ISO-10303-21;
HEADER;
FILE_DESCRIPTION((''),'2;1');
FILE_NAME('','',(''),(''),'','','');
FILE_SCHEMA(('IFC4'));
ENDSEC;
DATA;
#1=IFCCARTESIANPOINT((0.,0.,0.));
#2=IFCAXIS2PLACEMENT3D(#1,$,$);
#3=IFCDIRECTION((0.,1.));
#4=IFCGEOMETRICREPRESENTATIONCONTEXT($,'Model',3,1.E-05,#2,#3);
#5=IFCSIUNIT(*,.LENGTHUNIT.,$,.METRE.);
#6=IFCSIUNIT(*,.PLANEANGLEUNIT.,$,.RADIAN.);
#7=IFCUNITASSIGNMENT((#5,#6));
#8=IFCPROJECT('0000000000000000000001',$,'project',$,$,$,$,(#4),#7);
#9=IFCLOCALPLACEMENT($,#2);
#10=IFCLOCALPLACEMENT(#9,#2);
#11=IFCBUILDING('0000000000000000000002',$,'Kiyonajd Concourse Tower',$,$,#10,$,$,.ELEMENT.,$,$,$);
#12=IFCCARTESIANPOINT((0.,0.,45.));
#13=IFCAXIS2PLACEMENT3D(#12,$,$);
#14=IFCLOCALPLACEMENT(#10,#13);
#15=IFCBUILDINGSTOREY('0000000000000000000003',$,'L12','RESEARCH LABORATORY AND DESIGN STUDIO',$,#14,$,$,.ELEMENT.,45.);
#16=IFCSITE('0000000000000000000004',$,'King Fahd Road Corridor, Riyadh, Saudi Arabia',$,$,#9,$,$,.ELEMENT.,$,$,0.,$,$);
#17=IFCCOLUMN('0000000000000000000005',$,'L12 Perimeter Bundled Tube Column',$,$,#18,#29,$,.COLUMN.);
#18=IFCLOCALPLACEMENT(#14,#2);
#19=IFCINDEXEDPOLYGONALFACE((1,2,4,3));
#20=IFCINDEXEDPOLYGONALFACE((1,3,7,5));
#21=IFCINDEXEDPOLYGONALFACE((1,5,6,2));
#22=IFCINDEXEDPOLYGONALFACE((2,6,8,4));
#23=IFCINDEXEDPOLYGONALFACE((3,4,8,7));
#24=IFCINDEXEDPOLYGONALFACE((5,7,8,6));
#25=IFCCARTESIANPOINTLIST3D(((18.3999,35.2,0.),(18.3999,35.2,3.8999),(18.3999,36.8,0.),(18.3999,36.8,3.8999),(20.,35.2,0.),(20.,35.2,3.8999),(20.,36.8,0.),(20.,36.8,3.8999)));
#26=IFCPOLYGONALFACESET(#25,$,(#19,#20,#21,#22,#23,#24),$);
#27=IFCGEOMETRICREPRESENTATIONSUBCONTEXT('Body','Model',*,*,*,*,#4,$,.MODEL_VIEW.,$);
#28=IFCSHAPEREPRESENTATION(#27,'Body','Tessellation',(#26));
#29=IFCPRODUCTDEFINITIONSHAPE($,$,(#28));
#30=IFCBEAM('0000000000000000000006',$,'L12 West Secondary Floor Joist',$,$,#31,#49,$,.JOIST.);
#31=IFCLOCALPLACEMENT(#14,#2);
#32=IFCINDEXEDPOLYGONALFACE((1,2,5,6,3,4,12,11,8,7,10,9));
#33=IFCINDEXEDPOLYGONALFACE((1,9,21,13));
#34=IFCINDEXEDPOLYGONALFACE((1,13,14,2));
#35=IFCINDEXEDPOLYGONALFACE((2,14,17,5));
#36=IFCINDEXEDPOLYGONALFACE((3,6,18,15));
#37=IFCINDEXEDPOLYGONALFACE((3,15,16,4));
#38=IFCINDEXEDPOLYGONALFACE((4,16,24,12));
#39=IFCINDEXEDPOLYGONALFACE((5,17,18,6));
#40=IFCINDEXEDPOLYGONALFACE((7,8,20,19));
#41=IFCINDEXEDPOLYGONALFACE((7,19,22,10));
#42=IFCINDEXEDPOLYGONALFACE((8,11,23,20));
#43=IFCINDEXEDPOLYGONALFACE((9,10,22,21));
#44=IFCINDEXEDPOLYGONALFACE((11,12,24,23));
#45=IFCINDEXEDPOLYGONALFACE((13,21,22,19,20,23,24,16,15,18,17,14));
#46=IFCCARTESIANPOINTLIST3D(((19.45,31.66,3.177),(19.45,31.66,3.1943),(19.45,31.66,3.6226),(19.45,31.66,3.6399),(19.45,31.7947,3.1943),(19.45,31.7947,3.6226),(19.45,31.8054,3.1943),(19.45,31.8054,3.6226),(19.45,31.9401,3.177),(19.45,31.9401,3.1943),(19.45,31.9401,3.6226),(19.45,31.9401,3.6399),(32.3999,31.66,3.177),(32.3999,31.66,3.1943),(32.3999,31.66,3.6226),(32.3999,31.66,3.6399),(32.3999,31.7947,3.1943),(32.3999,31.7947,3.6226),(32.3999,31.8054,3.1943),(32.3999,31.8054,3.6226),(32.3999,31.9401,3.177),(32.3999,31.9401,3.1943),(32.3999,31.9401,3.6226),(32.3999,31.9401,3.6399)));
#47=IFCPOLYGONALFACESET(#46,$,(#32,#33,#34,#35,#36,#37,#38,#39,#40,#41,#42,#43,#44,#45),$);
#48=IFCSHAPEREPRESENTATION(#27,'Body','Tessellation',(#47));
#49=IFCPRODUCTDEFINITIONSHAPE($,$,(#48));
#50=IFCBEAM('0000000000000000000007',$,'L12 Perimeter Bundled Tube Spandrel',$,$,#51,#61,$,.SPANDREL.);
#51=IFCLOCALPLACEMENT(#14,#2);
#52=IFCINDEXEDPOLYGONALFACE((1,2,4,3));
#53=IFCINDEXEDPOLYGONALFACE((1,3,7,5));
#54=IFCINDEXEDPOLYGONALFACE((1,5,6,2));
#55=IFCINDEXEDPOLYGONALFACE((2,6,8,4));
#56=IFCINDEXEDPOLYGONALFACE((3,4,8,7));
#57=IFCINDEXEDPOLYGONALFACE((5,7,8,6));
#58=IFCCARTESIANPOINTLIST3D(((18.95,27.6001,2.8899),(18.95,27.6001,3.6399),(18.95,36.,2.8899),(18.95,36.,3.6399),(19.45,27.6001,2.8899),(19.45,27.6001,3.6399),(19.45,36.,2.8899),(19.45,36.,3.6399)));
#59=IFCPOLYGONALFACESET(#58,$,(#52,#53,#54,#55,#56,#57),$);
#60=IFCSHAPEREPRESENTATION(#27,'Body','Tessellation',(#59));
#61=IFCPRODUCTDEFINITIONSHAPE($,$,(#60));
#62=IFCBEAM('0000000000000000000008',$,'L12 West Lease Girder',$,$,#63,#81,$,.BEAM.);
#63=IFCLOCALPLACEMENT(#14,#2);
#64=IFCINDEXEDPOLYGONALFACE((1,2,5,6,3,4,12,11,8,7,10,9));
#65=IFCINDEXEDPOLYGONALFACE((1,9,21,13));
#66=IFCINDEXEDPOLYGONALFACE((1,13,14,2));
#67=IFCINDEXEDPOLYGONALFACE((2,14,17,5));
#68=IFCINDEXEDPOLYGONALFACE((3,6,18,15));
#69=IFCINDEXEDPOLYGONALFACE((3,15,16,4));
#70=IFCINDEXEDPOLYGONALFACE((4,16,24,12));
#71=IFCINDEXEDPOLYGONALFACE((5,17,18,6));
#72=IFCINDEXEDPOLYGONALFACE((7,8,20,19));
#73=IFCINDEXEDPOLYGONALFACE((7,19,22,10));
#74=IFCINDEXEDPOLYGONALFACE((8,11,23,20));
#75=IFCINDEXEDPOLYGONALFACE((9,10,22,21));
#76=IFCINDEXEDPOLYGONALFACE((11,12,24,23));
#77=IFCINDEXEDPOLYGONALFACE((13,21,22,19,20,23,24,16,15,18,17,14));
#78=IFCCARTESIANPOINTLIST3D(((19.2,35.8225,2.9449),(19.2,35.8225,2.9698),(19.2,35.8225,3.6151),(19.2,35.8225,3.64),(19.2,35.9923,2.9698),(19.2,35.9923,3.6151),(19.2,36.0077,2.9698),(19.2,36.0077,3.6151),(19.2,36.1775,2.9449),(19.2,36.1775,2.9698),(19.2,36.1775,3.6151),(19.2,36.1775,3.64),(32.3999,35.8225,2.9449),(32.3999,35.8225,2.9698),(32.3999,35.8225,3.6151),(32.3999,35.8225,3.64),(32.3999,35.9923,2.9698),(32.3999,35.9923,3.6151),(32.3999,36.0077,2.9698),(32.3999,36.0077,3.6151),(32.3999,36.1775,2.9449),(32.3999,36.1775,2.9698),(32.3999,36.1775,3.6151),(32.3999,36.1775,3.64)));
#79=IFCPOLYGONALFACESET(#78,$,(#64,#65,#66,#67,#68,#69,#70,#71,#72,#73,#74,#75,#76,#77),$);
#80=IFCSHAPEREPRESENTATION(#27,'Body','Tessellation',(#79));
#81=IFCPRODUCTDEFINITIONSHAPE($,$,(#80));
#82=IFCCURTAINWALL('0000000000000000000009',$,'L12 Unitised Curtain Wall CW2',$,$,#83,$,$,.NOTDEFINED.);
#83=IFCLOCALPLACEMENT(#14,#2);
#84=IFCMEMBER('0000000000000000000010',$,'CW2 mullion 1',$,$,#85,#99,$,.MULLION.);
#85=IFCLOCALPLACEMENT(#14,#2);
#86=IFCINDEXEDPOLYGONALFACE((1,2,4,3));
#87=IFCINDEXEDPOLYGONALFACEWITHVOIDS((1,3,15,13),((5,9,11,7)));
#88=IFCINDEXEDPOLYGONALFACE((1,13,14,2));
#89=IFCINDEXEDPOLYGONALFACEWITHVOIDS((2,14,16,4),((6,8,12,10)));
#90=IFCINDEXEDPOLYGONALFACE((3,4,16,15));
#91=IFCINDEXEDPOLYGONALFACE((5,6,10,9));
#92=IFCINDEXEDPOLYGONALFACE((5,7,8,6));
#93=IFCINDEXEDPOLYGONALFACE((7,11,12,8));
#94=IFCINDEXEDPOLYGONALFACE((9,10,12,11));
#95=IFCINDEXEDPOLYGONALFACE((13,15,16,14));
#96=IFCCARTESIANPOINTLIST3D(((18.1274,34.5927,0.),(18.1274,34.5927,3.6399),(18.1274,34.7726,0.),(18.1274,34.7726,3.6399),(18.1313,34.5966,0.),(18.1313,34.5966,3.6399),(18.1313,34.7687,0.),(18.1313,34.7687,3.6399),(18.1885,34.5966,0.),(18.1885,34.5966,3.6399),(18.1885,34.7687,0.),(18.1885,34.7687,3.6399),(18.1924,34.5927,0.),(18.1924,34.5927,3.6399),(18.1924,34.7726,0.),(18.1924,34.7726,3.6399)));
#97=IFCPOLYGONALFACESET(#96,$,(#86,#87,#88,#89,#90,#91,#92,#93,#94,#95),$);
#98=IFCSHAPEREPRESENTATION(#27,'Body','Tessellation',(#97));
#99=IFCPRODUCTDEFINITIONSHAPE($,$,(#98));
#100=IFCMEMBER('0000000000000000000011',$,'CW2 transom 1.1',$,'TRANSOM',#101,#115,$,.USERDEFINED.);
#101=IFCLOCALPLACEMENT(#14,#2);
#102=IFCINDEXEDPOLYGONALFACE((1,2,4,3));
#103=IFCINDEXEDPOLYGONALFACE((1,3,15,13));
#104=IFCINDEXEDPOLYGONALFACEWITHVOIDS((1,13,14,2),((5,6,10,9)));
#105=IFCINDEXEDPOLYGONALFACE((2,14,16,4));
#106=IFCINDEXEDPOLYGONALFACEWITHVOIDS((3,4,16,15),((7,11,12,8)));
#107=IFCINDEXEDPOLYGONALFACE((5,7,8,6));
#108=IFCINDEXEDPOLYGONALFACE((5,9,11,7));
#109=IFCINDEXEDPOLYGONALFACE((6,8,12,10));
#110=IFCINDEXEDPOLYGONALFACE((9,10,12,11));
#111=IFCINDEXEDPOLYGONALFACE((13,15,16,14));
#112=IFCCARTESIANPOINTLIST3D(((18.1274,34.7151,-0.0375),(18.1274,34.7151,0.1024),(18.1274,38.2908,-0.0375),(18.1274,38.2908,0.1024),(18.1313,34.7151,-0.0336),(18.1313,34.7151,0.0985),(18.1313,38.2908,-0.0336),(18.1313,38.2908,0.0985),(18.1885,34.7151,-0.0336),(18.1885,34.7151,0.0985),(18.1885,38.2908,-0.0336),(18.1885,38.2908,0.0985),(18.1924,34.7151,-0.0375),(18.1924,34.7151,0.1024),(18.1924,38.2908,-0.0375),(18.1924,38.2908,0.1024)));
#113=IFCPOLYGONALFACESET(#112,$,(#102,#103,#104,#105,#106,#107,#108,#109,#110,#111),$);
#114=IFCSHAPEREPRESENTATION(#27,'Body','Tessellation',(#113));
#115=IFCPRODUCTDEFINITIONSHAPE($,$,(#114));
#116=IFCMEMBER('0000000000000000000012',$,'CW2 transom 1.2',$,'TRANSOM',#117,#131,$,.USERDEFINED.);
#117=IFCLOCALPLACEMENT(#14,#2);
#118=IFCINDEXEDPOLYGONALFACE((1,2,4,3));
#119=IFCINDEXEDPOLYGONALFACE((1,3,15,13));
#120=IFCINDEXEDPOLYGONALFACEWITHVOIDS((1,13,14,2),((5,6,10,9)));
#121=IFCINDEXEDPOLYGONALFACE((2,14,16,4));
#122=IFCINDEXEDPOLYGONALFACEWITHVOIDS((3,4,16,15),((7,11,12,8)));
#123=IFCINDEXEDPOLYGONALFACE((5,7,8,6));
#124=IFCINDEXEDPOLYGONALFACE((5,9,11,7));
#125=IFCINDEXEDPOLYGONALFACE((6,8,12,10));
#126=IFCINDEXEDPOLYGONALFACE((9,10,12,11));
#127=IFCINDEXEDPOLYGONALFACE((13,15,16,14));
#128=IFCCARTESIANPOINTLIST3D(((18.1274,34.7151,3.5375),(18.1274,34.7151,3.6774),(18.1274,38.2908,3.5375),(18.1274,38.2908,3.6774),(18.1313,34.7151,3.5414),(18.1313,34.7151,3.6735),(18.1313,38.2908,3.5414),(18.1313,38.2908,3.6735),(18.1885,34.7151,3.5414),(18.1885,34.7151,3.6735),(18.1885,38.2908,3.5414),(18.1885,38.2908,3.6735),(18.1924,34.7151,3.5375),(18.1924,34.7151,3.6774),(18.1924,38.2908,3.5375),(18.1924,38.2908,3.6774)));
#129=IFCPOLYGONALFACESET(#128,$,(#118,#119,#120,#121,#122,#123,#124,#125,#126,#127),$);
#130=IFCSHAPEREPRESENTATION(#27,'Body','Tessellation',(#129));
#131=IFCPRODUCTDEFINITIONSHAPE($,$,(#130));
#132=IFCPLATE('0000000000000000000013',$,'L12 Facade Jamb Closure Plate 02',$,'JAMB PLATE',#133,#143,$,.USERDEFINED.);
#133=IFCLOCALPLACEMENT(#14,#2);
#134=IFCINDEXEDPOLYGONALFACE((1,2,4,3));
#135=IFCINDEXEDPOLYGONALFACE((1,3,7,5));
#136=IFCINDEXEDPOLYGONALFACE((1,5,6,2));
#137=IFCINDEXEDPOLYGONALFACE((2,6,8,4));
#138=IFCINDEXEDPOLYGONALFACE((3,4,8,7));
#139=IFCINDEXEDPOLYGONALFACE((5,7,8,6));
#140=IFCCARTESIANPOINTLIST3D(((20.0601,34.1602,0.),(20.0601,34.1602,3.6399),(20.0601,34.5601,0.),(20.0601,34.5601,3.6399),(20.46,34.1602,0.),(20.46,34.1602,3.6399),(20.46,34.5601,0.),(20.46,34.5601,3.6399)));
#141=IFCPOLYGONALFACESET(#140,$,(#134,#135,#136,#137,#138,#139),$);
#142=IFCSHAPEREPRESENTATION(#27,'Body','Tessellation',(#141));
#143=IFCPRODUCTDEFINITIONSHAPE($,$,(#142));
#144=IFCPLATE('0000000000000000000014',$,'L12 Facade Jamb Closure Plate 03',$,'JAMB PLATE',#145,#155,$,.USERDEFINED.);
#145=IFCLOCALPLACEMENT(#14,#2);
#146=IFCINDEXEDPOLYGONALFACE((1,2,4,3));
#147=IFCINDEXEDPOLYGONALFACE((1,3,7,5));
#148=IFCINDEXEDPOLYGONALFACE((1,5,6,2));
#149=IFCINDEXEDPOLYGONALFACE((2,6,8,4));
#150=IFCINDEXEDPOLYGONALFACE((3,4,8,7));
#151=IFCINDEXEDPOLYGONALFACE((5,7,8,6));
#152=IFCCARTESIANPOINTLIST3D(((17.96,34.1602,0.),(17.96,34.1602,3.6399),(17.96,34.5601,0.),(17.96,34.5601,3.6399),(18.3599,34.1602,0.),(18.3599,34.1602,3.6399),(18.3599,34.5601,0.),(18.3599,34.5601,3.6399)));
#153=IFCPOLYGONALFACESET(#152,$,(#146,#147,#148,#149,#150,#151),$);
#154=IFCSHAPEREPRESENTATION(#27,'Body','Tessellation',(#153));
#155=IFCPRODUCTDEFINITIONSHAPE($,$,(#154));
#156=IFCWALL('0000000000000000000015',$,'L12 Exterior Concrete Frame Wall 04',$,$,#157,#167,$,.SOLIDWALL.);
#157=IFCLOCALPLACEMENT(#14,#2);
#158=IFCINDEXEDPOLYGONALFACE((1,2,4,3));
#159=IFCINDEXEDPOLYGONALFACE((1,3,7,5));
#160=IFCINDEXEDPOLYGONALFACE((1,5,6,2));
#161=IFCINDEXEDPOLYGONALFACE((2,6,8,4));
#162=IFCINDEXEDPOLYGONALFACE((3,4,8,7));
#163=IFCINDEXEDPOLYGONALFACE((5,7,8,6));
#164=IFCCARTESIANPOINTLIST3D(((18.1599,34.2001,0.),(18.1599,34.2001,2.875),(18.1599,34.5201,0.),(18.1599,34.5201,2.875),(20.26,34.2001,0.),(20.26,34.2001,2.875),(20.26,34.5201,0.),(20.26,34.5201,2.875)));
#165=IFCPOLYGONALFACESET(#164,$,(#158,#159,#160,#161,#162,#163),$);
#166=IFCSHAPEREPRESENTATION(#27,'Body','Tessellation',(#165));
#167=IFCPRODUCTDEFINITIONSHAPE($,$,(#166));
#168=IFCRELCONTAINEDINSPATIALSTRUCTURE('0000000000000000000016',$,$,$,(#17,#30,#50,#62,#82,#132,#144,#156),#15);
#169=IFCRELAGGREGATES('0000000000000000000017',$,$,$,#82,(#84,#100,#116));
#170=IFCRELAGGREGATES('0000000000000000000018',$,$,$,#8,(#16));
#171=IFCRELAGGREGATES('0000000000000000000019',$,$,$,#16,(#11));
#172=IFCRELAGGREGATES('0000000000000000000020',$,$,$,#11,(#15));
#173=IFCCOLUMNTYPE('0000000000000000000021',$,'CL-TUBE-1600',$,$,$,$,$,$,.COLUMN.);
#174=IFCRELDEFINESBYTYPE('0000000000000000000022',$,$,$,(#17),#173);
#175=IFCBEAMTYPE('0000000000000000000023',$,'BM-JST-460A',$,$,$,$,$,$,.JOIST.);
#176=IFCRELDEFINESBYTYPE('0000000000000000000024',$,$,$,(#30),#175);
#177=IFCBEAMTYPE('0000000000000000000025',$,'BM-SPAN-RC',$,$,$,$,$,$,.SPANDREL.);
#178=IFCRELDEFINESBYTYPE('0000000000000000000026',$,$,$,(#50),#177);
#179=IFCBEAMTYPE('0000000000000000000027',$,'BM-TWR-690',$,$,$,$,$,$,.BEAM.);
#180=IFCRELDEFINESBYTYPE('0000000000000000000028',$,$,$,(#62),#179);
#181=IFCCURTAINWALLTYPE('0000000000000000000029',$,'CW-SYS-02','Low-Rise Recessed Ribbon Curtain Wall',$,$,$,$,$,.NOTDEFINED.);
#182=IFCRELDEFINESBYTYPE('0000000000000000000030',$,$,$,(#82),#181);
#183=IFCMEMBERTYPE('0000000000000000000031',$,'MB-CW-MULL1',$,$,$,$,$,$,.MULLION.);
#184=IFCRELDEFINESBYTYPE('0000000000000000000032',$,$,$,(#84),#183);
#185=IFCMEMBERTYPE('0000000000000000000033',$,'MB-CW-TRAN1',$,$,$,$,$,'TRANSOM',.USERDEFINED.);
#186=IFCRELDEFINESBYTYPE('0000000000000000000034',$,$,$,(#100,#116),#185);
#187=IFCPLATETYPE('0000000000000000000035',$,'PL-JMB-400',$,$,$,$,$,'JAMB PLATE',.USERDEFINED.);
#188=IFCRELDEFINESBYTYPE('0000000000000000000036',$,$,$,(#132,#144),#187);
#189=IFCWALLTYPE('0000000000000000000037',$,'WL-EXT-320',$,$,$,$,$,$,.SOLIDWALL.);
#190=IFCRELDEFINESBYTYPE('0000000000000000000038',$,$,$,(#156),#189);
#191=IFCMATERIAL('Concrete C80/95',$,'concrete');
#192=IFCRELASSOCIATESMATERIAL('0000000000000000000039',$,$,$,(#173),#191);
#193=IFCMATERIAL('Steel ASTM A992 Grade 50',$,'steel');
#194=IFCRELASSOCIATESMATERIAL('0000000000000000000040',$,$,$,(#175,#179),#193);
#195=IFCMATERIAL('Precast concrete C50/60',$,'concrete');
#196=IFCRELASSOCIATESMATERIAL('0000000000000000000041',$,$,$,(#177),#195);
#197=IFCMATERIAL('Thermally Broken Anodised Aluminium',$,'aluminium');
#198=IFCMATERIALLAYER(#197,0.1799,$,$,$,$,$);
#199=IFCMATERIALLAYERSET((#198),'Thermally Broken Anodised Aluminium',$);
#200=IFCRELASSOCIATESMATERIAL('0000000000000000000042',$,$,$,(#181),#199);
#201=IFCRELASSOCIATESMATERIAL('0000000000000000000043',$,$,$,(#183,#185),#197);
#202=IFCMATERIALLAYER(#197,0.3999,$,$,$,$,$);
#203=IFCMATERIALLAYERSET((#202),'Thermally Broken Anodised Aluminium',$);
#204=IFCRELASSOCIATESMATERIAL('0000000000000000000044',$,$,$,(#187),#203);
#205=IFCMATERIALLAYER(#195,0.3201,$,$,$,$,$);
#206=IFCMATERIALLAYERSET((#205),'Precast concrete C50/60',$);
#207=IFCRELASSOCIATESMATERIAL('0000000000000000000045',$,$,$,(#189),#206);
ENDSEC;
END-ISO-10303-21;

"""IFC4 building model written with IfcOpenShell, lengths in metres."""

from ifc_helpers import new_model, si_unit, direction, frame, frame_2d, origin, origin_2d, place, context, subcontext, project, spatial, rectangle, hollow_rectangle, i_section, extrude, material, layer, layer_set, material_profile, profile_set, type_object, element, aggregate, save


model = new_model("IFC4")

# Units and contexts
model_context = context("Model", 3, precision=1e-05, world=origin(), true_north=direction((0.0, 1.0)))
body_context = subcontext(model_context, "Body", "Model", "MODEL_VIEW")
ifc_project = project(units=[si_unit("LENGTHUNIT", "METRE"), si_unit("PLANEANGLEUNIT", "RADIAN")], contexts=[model_context])

# Site, building, storey
site_placement = place(None, origin())
site = spatial("IfcSite", under=ifc_project, at=site_placement, Name="King Fahd Road Corridor, Riyadh, Saudi Arabia", CompositionType="ELEMENT", RefElevation=0.0)
building_placement = place(site_placement, origin())
building = spatial("IfcBuilding", under=site, at=building_placement, Name="Kiyonajd Concourse Tower", CompositionType="ELEMENT")
storey_placement = place(building_placement, frame((0.0, 0.0, 45.0)))
storey = spatial("IfcBuildingStorey", under=building, at=storey_placement, Name="L12", Description="RESEARCH LABORATORY AND DESIGN STUDIO", CompositionType="ELEMENT", Elevation=45.0)

# Column
ifc_material_1 = material(Name="Concrete C80/95", Category="concrete")
ifc_material_profile_1 = material_profile(ifc_material_1, rectangle(XDim=1.6001, YDim=1.6001, at=origin_2d()), Name="RC-1600x1600")
ifc_profile_set_1 = profile_set([ifc_material_profile_1], Name="Concrete C80/95")
column_type = type_object("IfcColumnType", Name="CL-TUBE-1600", PredefinedType="COLUMN", material=ifc_profile_set_1)
column_placement = place(storey_placement, frame((19.2, 36.0, 0.0), z_axis=(0.0, 0.0, 1.0), x_axis=(1.0, 0.0, 0.0)))
element("IfcColumn", 1, at=column_placement, inside=storey, type_object=column_type, Name="L12 Perimeter Bundled Tube Column", PredefinedType="COLUMN", context=body_context, shape_type="SweptSolid", body=[
    extrude(rectangle(XDim=1.6001, YDim=1.6001, at=origin_2d()), origin(), (0.0, 0.0, 1.0), 3.8999),
])

# Beams
ifc_material_2 = material(Name="Steel ASTM A992 Grade 50", Category="steel")
ifc_material_profile_2 = material_profile(ifc_material_2, i_section(OverallWidth=0.28, OverallDepth=0.4629, WebThickness=0.0107, FlangeThickness=0.0173, at=origin_2d()), Name="W460X113")
ifc_profile_set_2 = profile_set([ifc_material_profile_2], Name="Steel ASTM A992 Grade 50")
beam_type_1 = type_object("IfcBeamType", Name="BM-JST-460A", PredefinedType="JOIST", material=ifc_profile_set_2)
beam_1_placement = place(storey_placement, frame((19.45, 31.8, 3.4084), z_axis=(1.0, 0.0, 0.0), x_axis=(0.0, 1.0, 0.0)))
element("IfcBeam", 2, at=beam_1_placement, inside=storey, type_object=beam_type_1, Name="L12 West Secondary Floor Joist", PredefinedType="JOIST", context=body_context, shape_type="SweptSolid", body=[
    extrude(i_section(OverallWidth=0.28, OverallDepth=0.4629, WebThickness=0.0107, FlangeThickness=0.0173, at=origin_2d()), origin(), (0.0, 0.0, 1.0), 12.95),
])
ifc_material_3 = material(Name="Precast concrete C50/60", Category="concrete")
ifc_material_profile_3 = material_profile(ifc_material_3, rectangle(XDim=0.5, YDim=0.75, at=origin_2d()), Name="RCBM-500x750")
ifc_profile_set_3 = profile_set([ifc_material_profile_3], Name="Precast concrete C50/60")
beam_type_2 = type_object("IfcBeamType", Name="BM-SPAN-RC", PredefinedType="SPANDREL", material=ifc_profile_set_3)
beam_2_placement = place(storey_placement, frame((19.2, 36.0, 3.2649), z_axis=(0.0, -1.0, 0.0), x_axis=(1.0, 0.0, 0.0)))
element("IfcBeam", 3, at=beam_2_placement, inside=storey, type_object=beam_type_2, Name="L12 Perimeter Bundled Tube Spandrel", PredefinedType="SPANDREL", context=body_context, shape_type="SweptSolid", body=[
    extrude(rectangle(XDim=0.5, YDim=0.75, at=origin_2d()), origin(), (0.0, 0.0, 1.0), 8.3999),
])
ifc_material_profile_4 = material_profile(ifc_material_2, i_section(OverallWidth=0.355, OverallDepth=0.6951, WebThickness=0.0154, FlangeThickness=0.0249, at=origin_2d()), Name="W690X217")
ifc_profile_set_4 = profile_set([ifc_material_profile_4], Name="Steel ASTM A992 Grade 50")
beam_type_3 = type_object("IfcBeamType", Name="BM-TWR-690", PredefinedType="BEAM", material=ifc_profile_set_4)
beam_3_placement = place(storey_placement, frame((19.2, 36.0, 3.2925), z_axis=(1.0, 0.0, 0.0), x_axis=(0.0, 1.0, 0.0)))
element("IfcBeam", 4, at=beam_3_placement, inside=storey, type_object=beam_type_3, Name="L12 West Lease Girder", PredefinedType="BEAM", context=body_context, shape_type="SweptSolid", body=[
    extrude(i_section(OverallWidth=0.355, OverallDepth=0.6951, WebThickness=0.0154, FlangeThickness=0.0249, at=origin_2d()), origin(), (0.0, 0.0, 1.0), 13.2),
])

# Curtain wall, members
ifc_material_4 = material(Name="Thermally Broken Anodised Aluminium", Category="aluminium")
ifc_layer_1 = layer(ifc_material_4, 0.1799)
ifc_layer_set_1 = layer_set([ifc_layer_1], Name="Thermally Broken Anodised Aluminium")
curtain_wall_type = type_object("IfcCurtainWallType", Name="CW-SYS-02", Description="Low-Rise Recessed Ribbon Curtain Wall", PredefinedType="NOTDEFINED", material=ifc_layer_set_1)
curtain_wall_placement = place(storey_placement, origin())
curtain_wall = element("IfcCurtainWall", 5, at=curtain_wall_placement, inside=storey, type_object=curtain_wall_type, Name="L12 Unitised Curtain Wall CW2", PredefinedType="NOTDEFINED")
ifc_material_profile_5 = material_profile(ifc_material_4, hollow_rectangle(XDim=0.0649, YDim=0.1799, WallThickness=0.0039, at=origin_2d()), Name="MULL-65x180")
ifc_profile_set_5 = profile_set([ifc_material_profile_5], Name="Thermally Broken Anodised Aluminium")
member_type_1 = type_object("IfcMemberType", Name="MB-CW-MULL1", PredefinedType="MULLION", material=ifc_profile_set_5)
member_1_placement = place(storey_placement, frame((18.1599, 34.6826, 0.0), z_axis=(0.0, 0.0, 1.0), x_axis=(-1.0, 0.0, 0.0)))
member_1 = element("IfcMember", 6, at=member_1_placement, type_object=member_type_1, Name="CW2 mullion 1", PredefinedType="MULLION", context=body_context, shape_type="SweptSolid", body=[
    extrude(hollow_rectangle(XDim=0.0649, YDim=0.1799, WallThickness=0.0039, at=origin_2d()), origin(), (0.0, 0.0, 1.0), 3.6399),
])
ifc_material_profile_6 = material_profile(ifc_material_4, hollow_rectangle(XDim=0.0649, YDim=0.1399, WallThickness=0.0039, at=origin_2d()), Name="TRAN-65x140")
ifc_profile_set_6 = profile_set([ifc_material_profile_6], Name="Thermally Broken Anodised Aluminium")
member_type_2 = type_object("IfcMemberType", Name="MB-CW-TRAN1", ElementType="TRANSOM", PredefinedType="USERDEFINED", material=ifc_profile_set_6)
member_2_placement = place(storey_placement, frame((18.1599, 34.7151, 0.0325), z_axis=(0.0, 1.0, 0.0), x_axis=(-1.0, 0.0, 0.0)))
member_2 = element("IfcMember", 7, at=member_2_placement, type_object=member_type_2, Name="CW2 transom 1.1", ObjectType="TRANSOM", PredefinedType="USERDEFINED", context=body_context, shape_type="SweptSolid", body=[
    extrude(hollow_rectangle(XDim=0.0649, YDim=0.1399, WallThickness=0.0039, at=origin_2d()), origin(), (0.0, 0.0, 1.0), 3.5757),
])
member_3_placement = place(storey_placement, frame((18.1599, 34.7151, 3.6074), z_axis=(0.0, 1.0, 0.0), x_axis=(-1.0, 0.0, 0.0)))
member_3 = element("IfcMember", 8, at=member_3_placement, type_object=member_type_2, Name="CW2 transom 1.2", ObjectType="TRANSOM", PredefinedType="USERDEFINED", context=body_context, shape_type="SweptSolid", body=[
    extrude(hollow_rectangle(XDim=0.0649, YDim=0.1399, WallThickness=0.0039, at=origin_2d()), origin(), (0.0, 0.0, 1.0), 3.5757),
])
aggregate(curtain_wall, [member_1, member_2, member_3])

# Plates
ifc_layer_2 = layer(ifc_material_4, 0.3999)
ifc_layer_set_2 = layer_set([ifc_layer_2], Name="Thermally Broken Anodised Aluminium")
plate_type = type_object("IfcPlateType", Name="PL-JMB-400", ElementType="JAMB PLATE", PredefinedType="USERDEFINED", material=ifc_layer_set_2)
for number, where, z_axis, x_axis, name in (
    (9, (20.26, 34.3601, 0.0), (0.0, 0.0, 1.0), (1.0, 0.0, 0.0), "L12 Facade Jamb Closure Plate 02"),
    (10, (18.1599, 34.3601, 0.0), (0.0, 0.0, 1.0), (1.0, 0.0, 0.0), "L12 Facade Jamb Closure Plate 03"),
):
    element("IfcPlate", number, at=place(storey_placement, frame(where, z_axis=z_axis, x_axis=x_axis)), inside=storey, type_object=plate_type, Name=name, ObjectType="JAMB PLATE", PredefinedType="USERDEFINED", context=body_context, shape_type="SweptSolid", body=[
        extrude(rectangle(XDim=0.3999, YDim=0.3999, at=origin_2d()), origin(), (0.0, 0.0, 1.0), 3.6399),
    ])

# Wall
ifc_layer_3 = layer(ifc_material_3, 0.3201)
ifc_layer_set_3 = layer_set([ifc_layer_3], Name="Precast concrete C50/60")
wall_type = type_object("IfcWallType", Name="WL-EXT-320", PredefinedType="SOLIDWALL", material=ifc_layer_set_3)
wall_placement = place(storey_placement, frame((20.26, 34.3601, 0.0), z_axis=(0.0, 0.0, 1.0), x_axis=(-1.0, 0.0, 0.0)))
element("IfcWall", 11, at=wall_placement, inside=storey, type_object=wall_type, Name="L12 Exterior Concrete Frame Wall 04", PredefinedType="SOLIDWALL", context=body_context, shape_type="SweptSolid", body=[
    extrude(rectangle(XDim=2.1001, YDim=0.3201, at=frame_2d((1.05, 0.0))), origin(), (0.0, 0.0, 1.0), 2.875),
])

save(model, "model.ifc")
